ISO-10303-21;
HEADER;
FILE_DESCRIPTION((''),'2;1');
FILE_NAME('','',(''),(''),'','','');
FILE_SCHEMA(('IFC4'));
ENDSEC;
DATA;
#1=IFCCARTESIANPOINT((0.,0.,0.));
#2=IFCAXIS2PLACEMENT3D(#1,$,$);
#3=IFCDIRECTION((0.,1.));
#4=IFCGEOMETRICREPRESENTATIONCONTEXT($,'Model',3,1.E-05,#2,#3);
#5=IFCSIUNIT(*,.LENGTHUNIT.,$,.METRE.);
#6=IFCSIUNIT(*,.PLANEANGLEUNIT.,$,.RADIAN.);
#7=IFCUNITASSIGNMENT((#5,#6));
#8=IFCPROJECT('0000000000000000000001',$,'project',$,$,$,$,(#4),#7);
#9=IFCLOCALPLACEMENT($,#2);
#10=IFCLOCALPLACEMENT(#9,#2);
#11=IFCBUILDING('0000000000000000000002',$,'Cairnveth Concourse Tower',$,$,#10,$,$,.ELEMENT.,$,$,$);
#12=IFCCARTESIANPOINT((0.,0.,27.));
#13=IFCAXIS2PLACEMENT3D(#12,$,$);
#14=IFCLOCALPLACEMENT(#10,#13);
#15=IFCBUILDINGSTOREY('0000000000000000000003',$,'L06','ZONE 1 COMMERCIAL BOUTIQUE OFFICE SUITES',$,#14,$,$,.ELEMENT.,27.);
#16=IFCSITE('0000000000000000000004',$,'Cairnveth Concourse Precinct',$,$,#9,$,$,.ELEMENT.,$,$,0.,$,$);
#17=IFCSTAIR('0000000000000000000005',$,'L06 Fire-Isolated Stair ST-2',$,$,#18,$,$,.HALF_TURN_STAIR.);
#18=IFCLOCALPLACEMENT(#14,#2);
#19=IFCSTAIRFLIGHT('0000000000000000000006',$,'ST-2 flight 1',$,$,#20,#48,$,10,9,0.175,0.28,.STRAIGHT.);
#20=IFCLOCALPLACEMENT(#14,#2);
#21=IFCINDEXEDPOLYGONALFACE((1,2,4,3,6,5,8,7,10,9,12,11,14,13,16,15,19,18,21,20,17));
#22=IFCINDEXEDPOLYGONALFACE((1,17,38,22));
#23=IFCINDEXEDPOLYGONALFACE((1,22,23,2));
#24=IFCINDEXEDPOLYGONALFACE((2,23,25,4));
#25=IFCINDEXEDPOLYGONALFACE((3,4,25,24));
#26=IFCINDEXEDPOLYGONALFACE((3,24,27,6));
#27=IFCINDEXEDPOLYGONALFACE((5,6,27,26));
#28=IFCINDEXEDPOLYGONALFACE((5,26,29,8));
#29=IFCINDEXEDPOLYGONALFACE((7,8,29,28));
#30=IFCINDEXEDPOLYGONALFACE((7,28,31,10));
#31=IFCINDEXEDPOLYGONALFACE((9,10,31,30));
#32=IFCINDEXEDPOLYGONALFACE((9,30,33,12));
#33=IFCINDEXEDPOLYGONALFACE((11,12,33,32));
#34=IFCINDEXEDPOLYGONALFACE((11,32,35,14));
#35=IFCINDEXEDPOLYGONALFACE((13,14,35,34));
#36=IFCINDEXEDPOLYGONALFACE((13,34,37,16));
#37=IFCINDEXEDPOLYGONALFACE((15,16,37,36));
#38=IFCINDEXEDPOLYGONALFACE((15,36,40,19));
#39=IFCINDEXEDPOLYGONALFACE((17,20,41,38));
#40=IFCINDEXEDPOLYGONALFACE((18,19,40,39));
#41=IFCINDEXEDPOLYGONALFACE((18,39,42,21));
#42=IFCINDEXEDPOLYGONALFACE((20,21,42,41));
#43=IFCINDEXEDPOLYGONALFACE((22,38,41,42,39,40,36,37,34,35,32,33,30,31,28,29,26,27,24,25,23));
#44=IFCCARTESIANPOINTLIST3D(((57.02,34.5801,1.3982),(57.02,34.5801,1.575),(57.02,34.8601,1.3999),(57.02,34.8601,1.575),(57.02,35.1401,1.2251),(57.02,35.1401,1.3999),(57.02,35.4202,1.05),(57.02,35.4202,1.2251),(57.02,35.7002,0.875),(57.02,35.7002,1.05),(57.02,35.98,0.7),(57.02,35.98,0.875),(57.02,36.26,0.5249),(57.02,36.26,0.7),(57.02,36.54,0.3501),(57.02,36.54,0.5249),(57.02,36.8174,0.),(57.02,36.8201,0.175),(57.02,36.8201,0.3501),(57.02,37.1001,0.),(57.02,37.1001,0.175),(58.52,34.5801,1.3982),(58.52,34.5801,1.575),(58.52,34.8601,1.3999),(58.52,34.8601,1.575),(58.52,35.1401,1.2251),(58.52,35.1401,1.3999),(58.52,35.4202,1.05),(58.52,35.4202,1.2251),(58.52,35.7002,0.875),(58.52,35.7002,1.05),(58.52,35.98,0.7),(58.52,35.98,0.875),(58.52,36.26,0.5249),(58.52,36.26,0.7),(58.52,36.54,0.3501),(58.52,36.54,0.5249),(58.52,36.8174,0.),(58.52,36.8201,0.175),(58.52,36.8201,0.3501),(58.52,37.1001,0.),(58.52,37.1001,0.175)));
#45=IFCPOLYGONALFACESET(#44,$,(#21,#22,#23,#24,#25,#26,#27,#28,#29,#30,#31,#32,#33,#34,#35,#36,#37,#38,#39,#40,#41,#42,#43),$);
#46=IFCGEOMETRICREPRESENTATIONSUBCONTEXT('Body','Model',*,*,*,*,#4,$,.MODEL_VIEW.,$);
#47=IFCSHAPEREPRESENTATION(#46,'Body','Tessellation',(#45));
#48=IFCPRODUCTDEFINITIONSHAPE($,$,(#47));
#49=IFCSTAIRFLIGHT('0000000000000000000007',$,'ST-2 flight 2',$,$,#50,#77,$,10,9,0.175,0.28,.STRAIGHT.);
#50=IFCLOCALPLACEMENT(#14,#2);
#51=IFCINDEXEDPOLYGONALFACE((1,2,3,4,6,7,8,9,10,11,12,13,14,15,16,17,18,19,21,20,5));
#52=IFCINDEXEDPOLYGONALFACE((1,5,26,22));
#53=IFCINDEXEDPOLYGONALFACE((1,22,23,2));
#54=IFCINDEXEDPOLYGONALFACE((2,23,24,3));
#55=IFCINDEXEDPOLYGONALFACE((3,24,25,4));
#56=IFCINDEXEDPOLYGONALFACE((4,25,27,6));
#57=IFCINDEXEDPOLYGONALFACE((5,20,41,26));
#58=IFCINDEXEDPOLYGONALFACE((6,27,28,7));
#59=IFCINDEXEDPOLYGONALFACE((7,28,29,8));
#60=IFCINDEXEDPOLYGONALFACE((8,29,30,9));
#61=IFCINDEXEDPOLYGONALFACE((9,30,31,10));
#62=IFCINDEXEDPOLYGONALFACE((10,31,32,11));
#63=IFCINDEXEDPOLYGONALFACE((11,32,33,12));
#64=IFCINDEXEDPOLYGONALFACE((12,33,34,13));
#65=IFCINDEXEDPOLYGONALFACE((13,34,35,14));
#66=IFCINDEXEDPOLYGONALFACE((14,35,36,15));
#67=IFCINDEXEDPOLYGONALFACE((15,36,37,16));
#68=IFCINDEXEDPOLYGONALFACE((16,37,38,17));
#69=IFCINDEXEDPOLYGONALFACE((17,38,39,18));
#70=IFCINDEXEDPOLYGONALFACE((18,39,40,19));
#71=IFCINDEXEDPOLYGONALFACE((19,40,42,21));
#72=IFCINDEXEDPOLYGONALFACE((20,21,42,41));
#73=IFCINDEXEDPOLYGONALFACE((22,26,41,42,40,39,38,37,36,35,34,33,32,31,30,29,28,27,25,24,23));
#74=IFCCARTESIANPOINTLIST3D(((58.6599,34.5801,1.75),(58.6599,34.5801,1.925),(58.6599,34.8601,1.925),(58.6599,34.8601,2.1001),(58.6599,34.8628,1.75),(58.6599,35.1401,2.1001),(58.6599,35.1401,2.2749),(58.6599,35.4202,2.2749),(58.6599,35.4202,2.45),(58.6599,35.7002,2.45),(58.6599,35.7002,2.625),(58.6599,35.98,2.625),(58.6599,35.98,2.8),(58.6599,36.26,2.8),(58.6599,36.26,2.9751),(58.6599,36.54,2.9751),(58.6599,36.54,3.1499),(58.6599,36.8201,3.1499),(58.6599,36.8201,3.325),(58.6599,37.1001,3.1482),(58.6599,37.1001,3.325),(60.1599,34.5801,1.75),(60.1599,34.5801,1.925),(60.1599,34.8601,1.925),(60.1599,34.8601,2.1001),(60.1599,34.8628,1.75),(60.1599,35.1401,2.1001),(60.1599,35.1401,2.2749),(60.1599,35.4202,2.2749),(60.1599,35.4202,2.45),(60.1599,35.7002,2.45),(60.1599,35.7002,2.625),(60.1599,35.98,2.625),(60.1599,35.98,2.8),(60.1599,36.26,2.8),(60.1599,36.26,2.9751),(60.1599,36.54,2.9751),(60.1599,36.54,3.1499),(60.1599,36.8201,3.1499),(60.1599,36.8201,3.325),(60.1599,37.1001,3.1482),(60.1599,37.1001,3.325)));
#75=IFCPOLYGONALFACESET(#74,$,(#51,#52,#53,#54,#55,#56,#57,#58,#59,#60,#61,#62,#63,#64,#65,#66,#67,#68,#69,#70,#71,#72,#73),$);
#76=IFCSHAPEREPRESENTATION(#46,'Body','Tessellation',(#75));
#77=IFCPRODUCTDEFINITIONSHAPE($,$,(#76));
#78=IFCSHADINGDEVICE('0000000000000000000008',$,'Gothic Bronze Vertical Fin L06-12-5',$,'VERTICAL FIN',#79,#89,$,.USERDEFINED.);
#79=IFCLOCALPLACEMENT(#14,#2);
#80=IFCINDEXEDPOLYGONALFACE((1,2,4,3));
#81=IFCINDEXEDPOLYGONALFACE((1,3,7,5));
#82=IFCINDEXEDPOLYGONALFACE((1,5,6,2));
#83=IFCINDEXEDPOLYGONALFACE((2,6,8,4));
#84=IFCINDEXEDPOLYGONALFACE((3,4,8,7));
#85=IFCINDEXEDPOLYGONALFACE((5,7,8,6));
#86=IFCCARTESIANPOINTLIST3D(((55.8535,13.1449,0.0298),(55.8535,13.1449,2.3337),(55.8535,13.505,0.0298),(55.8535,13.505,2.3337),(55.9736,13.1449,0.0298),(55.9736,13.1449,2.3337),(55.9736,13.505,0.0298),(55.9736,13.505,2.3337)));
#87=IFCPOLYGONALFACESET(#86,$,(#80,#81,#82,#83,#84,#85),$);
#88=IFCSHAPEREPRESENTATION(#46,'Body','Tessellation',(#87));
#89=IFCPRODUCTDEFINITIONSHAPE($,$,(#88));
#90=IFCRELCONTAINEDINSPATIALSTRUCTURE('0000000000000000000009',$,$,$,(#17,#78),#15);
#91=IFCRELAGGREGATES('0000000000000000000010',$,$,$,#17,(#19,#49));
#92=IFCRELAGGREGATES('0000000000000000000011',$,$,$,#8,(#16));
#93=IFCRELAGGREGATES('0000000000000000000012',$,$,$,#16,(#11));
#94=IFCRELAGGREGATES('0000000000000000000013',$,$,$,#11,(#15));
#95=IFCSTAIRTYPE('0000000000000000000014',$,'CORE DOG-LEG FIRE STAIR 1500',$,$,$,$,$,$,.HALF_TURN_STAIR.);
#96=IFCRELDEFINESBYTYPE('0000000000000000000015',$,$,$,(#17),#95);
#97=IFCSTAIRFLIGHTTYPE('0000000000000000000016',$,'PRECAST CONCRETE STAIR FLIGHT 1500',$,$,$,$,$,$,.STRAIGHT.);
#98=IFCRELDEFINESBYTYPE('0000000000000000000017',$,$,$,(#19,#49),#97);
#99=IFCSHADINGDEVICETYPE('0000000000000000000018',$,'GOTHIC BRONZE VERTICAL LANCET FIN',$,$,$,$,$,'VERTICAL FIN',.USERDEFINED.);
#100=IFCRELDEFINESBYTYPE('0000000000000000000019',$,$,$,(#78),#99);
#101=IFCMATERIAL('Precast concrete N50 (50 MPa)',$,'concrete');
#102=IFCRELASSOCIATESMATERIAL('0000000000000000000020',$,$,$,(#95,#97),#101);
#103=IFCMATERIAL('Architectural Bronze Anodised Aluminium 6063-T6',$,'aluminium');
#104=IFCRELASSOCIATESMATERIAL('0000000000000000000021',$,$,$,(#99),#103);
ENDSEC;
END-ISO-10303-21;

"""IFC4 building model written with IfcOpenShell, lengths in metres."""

from ifc_helpers import new_model, si_unit, direction, frame, origin, origin_2d, place, context, subcontext, project, spatial, polyline, rectangle, outline, extrude, material, type_object, element, aggregate, save


model = new_model("IFC4")

# Units and contexts
model_context = context("Model", 3, precision=1e-05, world=origin(), true_north=direction((0.0, 1.0)))
body_context = subcontext(model_context, "Body", "Model", "MODEL_VIEW")
ifc_project = project(units=[si_unit("LENGTHUNIT", "METRE"), si_unit("PLANEANGLEUNIT", "RADIAN")], contexts=[model_context])

# Site, building, storey
site_placement = place(None, origin())
site = spatial("IfcSite", under=ifc_project, at=site_placement, Name="Cairnveth Concourse Precinct", CompositionType="ELEMENT", RefElevation=0.0)
building_placement = place(site_placement, origin())
building = spatial("IfcBuilding", under=site, at=building_placement, Name="Cairnveth Concourse Tower", CompositionType="ELEMENT")
storey_placement = place(building_placement, frame((0.0, 0.0, 27.0)))
storey = spatial("IfcBuildingStorey", under=building, at=storey_placement, Name="L06", Description="ZONE 1 COMMERCIAL BOUTIQUE OFFICE SUITES", CompositionType="ELEMENT", Elevation=27.0)

# Shared definitions
ifc_material_1 = material(Name="Architectural Bronze Anodised Aluminium 6063-T6", Category="aluminium")

# Stair, stair flights
ifc_material_2 = material(Name="Precast concrete N50 (50 MPa)", Category="concrete")
stair_type = type_object("IfcStairType", Name="CORE DOG-LEG FIRE STAIR 1500", PredefinedType="HALF_TURN_STAIR", material=ifc_material_2)
stair_placement = place(storey_placement, origin())
stair = element("IfcStair", 1, at=stair_placement, inside=storey, type_object=stair_type, Name="L06 Fire-Isolated Stair ST-2", PredefinedType="HALF_TURN_STAIR")
stair_flight_type = type_object("IfcStairFlightType", Name="PRECAST CONCRETE STAIR FLIGHT 1500", PredefinedType="STRAIGHT", material=ifc_material_2)
stair_flight_1_placement = place(storey_placement, frame((57.77, 37.1001, 0.0), z_axis=(0.0, 0.0, 1.0), x_axis=(0.0, -1.0, 0.0)))
stair_flight_1 = element("IfcStairFlight", 2, at=stair_flight_1_placement, type_object=stair_flight_type, Name="ST-2 flight 1", NumberOfRisers=10, NumberOfTreads=9, PredefinedType="STRAIGHT", RiserHeight=0.175, TreadLength=0.28, context=body_context, shape_type="SweptSolid", body=[
    extrude(outline(polyline([(0.0, 0.0), (0.0, 0.175), (0.28, 0.175), (0.28, 0.3501), (0.5601, 0.3501), (0.5601, 0.5249), (0.8401, 0.5249), (0.8401, 0.7), (1.1201, 0.7), (1.1201, 0.875), (1.3999, 0.875), (1.3999, 1.05), (1.6799, 1.05), (1.6799, 1.2251), (1.96, 1.2251), (1.96, 1.3999), (2.24, 1.3999), (2.24, 1.575), (2.52, 1.575), (2.52, 1.75), (2.52, 1.3982), (0.2827, 0.0), (0.0, 0.0)])), frame((0.0, 0.75, 0.0), z_axis=(0.0, -1.0, 0.0), x_axis=(1.0, 0.0, 0.0)), (0.0, 0.0, 1.0), 1.5),
])
stair_flight_2_placement = place(storey_placement, frame((59.4099, 34.5801, 1.75), z_axis=(0.0, 0.0, 1.0), x_axis=(0.0, 1.0, 0.0)))
stair_flight_2 = element("IfcStairFlight", 3, at=stair_flight_2_placement, type_object=stair_flight_type, Name="ST-2 flight 2", NumberOfRisers=10, NumberOfTreads=9, PredefinedType="STRAIGHT", RiserHeight=0.175, TreadLength=0.28, context=body_context, shape_type="SweptSolid", body=[
    extrude(outline(polyline([(0.0, 0.0), (0.0, 0.175), (0.28, 0.175), (0.28, 0.3501), (0.5601, 0.3501), (0.5601, 0.5249), (0.8401, 0.5249), (0.8401, 0.7), (1.1201, 0.7), (1.1201, 0.875), (1.3999, 0.875), (1.3999, 1.05), (1.6799, 1.05), (1.6799, 1.2251), (1.96, 1.2251), (1.96, 1.3999), (2.24, 1.3999), (2.24, 1.575), (2.52, 1.575), (2.52, 1.75), (2.52, 1.3982), (0.2827, 0.0), (0.0, 0.0)])), frame((0.0, 0.75, 0.0), z_axis=(0.0, -1.0, 0.0), x_axis=(1.0, 0.0, 0.0)), (0.0, 0.0, 1.0), 1.5),
])
aggregate(stair, [stair_flight_1, stair_flight_2])

# Shading device
shading_device_type = type_object("IfcShadingDeviceType", Name="GOTHIC BRONZE VERTICAL LANCET FIN", ElementType="VERTICAL FIN", PredefinedType="USERDEFINED", material=ifc_material_1)
shading_device_placement = place(storey_placement, frame((55.9136, 13.325, 0.0298), z_axis=(0.0, 0.0, 1.0), x_axis=(1.0, 0.0, 0.0)))
element("IfcShadingDevice", 4, at=shading_device_placement, inside=storey, type_object=shading_device_type, Name="Gothic Bronze Vertical Fin L06-12-5", ObjectType="VERTICAL FIN", PredefinedType="USERDEFINED", context=body_context, shape_type="SweptSolid", body=[
    extrude(rectangle(XDim=0.1201, YDim=0.3601, at=origin_2d()), origin(), (0.0, 0.0, 1.0), 2.304),
])

save(model, "model.ifc")
